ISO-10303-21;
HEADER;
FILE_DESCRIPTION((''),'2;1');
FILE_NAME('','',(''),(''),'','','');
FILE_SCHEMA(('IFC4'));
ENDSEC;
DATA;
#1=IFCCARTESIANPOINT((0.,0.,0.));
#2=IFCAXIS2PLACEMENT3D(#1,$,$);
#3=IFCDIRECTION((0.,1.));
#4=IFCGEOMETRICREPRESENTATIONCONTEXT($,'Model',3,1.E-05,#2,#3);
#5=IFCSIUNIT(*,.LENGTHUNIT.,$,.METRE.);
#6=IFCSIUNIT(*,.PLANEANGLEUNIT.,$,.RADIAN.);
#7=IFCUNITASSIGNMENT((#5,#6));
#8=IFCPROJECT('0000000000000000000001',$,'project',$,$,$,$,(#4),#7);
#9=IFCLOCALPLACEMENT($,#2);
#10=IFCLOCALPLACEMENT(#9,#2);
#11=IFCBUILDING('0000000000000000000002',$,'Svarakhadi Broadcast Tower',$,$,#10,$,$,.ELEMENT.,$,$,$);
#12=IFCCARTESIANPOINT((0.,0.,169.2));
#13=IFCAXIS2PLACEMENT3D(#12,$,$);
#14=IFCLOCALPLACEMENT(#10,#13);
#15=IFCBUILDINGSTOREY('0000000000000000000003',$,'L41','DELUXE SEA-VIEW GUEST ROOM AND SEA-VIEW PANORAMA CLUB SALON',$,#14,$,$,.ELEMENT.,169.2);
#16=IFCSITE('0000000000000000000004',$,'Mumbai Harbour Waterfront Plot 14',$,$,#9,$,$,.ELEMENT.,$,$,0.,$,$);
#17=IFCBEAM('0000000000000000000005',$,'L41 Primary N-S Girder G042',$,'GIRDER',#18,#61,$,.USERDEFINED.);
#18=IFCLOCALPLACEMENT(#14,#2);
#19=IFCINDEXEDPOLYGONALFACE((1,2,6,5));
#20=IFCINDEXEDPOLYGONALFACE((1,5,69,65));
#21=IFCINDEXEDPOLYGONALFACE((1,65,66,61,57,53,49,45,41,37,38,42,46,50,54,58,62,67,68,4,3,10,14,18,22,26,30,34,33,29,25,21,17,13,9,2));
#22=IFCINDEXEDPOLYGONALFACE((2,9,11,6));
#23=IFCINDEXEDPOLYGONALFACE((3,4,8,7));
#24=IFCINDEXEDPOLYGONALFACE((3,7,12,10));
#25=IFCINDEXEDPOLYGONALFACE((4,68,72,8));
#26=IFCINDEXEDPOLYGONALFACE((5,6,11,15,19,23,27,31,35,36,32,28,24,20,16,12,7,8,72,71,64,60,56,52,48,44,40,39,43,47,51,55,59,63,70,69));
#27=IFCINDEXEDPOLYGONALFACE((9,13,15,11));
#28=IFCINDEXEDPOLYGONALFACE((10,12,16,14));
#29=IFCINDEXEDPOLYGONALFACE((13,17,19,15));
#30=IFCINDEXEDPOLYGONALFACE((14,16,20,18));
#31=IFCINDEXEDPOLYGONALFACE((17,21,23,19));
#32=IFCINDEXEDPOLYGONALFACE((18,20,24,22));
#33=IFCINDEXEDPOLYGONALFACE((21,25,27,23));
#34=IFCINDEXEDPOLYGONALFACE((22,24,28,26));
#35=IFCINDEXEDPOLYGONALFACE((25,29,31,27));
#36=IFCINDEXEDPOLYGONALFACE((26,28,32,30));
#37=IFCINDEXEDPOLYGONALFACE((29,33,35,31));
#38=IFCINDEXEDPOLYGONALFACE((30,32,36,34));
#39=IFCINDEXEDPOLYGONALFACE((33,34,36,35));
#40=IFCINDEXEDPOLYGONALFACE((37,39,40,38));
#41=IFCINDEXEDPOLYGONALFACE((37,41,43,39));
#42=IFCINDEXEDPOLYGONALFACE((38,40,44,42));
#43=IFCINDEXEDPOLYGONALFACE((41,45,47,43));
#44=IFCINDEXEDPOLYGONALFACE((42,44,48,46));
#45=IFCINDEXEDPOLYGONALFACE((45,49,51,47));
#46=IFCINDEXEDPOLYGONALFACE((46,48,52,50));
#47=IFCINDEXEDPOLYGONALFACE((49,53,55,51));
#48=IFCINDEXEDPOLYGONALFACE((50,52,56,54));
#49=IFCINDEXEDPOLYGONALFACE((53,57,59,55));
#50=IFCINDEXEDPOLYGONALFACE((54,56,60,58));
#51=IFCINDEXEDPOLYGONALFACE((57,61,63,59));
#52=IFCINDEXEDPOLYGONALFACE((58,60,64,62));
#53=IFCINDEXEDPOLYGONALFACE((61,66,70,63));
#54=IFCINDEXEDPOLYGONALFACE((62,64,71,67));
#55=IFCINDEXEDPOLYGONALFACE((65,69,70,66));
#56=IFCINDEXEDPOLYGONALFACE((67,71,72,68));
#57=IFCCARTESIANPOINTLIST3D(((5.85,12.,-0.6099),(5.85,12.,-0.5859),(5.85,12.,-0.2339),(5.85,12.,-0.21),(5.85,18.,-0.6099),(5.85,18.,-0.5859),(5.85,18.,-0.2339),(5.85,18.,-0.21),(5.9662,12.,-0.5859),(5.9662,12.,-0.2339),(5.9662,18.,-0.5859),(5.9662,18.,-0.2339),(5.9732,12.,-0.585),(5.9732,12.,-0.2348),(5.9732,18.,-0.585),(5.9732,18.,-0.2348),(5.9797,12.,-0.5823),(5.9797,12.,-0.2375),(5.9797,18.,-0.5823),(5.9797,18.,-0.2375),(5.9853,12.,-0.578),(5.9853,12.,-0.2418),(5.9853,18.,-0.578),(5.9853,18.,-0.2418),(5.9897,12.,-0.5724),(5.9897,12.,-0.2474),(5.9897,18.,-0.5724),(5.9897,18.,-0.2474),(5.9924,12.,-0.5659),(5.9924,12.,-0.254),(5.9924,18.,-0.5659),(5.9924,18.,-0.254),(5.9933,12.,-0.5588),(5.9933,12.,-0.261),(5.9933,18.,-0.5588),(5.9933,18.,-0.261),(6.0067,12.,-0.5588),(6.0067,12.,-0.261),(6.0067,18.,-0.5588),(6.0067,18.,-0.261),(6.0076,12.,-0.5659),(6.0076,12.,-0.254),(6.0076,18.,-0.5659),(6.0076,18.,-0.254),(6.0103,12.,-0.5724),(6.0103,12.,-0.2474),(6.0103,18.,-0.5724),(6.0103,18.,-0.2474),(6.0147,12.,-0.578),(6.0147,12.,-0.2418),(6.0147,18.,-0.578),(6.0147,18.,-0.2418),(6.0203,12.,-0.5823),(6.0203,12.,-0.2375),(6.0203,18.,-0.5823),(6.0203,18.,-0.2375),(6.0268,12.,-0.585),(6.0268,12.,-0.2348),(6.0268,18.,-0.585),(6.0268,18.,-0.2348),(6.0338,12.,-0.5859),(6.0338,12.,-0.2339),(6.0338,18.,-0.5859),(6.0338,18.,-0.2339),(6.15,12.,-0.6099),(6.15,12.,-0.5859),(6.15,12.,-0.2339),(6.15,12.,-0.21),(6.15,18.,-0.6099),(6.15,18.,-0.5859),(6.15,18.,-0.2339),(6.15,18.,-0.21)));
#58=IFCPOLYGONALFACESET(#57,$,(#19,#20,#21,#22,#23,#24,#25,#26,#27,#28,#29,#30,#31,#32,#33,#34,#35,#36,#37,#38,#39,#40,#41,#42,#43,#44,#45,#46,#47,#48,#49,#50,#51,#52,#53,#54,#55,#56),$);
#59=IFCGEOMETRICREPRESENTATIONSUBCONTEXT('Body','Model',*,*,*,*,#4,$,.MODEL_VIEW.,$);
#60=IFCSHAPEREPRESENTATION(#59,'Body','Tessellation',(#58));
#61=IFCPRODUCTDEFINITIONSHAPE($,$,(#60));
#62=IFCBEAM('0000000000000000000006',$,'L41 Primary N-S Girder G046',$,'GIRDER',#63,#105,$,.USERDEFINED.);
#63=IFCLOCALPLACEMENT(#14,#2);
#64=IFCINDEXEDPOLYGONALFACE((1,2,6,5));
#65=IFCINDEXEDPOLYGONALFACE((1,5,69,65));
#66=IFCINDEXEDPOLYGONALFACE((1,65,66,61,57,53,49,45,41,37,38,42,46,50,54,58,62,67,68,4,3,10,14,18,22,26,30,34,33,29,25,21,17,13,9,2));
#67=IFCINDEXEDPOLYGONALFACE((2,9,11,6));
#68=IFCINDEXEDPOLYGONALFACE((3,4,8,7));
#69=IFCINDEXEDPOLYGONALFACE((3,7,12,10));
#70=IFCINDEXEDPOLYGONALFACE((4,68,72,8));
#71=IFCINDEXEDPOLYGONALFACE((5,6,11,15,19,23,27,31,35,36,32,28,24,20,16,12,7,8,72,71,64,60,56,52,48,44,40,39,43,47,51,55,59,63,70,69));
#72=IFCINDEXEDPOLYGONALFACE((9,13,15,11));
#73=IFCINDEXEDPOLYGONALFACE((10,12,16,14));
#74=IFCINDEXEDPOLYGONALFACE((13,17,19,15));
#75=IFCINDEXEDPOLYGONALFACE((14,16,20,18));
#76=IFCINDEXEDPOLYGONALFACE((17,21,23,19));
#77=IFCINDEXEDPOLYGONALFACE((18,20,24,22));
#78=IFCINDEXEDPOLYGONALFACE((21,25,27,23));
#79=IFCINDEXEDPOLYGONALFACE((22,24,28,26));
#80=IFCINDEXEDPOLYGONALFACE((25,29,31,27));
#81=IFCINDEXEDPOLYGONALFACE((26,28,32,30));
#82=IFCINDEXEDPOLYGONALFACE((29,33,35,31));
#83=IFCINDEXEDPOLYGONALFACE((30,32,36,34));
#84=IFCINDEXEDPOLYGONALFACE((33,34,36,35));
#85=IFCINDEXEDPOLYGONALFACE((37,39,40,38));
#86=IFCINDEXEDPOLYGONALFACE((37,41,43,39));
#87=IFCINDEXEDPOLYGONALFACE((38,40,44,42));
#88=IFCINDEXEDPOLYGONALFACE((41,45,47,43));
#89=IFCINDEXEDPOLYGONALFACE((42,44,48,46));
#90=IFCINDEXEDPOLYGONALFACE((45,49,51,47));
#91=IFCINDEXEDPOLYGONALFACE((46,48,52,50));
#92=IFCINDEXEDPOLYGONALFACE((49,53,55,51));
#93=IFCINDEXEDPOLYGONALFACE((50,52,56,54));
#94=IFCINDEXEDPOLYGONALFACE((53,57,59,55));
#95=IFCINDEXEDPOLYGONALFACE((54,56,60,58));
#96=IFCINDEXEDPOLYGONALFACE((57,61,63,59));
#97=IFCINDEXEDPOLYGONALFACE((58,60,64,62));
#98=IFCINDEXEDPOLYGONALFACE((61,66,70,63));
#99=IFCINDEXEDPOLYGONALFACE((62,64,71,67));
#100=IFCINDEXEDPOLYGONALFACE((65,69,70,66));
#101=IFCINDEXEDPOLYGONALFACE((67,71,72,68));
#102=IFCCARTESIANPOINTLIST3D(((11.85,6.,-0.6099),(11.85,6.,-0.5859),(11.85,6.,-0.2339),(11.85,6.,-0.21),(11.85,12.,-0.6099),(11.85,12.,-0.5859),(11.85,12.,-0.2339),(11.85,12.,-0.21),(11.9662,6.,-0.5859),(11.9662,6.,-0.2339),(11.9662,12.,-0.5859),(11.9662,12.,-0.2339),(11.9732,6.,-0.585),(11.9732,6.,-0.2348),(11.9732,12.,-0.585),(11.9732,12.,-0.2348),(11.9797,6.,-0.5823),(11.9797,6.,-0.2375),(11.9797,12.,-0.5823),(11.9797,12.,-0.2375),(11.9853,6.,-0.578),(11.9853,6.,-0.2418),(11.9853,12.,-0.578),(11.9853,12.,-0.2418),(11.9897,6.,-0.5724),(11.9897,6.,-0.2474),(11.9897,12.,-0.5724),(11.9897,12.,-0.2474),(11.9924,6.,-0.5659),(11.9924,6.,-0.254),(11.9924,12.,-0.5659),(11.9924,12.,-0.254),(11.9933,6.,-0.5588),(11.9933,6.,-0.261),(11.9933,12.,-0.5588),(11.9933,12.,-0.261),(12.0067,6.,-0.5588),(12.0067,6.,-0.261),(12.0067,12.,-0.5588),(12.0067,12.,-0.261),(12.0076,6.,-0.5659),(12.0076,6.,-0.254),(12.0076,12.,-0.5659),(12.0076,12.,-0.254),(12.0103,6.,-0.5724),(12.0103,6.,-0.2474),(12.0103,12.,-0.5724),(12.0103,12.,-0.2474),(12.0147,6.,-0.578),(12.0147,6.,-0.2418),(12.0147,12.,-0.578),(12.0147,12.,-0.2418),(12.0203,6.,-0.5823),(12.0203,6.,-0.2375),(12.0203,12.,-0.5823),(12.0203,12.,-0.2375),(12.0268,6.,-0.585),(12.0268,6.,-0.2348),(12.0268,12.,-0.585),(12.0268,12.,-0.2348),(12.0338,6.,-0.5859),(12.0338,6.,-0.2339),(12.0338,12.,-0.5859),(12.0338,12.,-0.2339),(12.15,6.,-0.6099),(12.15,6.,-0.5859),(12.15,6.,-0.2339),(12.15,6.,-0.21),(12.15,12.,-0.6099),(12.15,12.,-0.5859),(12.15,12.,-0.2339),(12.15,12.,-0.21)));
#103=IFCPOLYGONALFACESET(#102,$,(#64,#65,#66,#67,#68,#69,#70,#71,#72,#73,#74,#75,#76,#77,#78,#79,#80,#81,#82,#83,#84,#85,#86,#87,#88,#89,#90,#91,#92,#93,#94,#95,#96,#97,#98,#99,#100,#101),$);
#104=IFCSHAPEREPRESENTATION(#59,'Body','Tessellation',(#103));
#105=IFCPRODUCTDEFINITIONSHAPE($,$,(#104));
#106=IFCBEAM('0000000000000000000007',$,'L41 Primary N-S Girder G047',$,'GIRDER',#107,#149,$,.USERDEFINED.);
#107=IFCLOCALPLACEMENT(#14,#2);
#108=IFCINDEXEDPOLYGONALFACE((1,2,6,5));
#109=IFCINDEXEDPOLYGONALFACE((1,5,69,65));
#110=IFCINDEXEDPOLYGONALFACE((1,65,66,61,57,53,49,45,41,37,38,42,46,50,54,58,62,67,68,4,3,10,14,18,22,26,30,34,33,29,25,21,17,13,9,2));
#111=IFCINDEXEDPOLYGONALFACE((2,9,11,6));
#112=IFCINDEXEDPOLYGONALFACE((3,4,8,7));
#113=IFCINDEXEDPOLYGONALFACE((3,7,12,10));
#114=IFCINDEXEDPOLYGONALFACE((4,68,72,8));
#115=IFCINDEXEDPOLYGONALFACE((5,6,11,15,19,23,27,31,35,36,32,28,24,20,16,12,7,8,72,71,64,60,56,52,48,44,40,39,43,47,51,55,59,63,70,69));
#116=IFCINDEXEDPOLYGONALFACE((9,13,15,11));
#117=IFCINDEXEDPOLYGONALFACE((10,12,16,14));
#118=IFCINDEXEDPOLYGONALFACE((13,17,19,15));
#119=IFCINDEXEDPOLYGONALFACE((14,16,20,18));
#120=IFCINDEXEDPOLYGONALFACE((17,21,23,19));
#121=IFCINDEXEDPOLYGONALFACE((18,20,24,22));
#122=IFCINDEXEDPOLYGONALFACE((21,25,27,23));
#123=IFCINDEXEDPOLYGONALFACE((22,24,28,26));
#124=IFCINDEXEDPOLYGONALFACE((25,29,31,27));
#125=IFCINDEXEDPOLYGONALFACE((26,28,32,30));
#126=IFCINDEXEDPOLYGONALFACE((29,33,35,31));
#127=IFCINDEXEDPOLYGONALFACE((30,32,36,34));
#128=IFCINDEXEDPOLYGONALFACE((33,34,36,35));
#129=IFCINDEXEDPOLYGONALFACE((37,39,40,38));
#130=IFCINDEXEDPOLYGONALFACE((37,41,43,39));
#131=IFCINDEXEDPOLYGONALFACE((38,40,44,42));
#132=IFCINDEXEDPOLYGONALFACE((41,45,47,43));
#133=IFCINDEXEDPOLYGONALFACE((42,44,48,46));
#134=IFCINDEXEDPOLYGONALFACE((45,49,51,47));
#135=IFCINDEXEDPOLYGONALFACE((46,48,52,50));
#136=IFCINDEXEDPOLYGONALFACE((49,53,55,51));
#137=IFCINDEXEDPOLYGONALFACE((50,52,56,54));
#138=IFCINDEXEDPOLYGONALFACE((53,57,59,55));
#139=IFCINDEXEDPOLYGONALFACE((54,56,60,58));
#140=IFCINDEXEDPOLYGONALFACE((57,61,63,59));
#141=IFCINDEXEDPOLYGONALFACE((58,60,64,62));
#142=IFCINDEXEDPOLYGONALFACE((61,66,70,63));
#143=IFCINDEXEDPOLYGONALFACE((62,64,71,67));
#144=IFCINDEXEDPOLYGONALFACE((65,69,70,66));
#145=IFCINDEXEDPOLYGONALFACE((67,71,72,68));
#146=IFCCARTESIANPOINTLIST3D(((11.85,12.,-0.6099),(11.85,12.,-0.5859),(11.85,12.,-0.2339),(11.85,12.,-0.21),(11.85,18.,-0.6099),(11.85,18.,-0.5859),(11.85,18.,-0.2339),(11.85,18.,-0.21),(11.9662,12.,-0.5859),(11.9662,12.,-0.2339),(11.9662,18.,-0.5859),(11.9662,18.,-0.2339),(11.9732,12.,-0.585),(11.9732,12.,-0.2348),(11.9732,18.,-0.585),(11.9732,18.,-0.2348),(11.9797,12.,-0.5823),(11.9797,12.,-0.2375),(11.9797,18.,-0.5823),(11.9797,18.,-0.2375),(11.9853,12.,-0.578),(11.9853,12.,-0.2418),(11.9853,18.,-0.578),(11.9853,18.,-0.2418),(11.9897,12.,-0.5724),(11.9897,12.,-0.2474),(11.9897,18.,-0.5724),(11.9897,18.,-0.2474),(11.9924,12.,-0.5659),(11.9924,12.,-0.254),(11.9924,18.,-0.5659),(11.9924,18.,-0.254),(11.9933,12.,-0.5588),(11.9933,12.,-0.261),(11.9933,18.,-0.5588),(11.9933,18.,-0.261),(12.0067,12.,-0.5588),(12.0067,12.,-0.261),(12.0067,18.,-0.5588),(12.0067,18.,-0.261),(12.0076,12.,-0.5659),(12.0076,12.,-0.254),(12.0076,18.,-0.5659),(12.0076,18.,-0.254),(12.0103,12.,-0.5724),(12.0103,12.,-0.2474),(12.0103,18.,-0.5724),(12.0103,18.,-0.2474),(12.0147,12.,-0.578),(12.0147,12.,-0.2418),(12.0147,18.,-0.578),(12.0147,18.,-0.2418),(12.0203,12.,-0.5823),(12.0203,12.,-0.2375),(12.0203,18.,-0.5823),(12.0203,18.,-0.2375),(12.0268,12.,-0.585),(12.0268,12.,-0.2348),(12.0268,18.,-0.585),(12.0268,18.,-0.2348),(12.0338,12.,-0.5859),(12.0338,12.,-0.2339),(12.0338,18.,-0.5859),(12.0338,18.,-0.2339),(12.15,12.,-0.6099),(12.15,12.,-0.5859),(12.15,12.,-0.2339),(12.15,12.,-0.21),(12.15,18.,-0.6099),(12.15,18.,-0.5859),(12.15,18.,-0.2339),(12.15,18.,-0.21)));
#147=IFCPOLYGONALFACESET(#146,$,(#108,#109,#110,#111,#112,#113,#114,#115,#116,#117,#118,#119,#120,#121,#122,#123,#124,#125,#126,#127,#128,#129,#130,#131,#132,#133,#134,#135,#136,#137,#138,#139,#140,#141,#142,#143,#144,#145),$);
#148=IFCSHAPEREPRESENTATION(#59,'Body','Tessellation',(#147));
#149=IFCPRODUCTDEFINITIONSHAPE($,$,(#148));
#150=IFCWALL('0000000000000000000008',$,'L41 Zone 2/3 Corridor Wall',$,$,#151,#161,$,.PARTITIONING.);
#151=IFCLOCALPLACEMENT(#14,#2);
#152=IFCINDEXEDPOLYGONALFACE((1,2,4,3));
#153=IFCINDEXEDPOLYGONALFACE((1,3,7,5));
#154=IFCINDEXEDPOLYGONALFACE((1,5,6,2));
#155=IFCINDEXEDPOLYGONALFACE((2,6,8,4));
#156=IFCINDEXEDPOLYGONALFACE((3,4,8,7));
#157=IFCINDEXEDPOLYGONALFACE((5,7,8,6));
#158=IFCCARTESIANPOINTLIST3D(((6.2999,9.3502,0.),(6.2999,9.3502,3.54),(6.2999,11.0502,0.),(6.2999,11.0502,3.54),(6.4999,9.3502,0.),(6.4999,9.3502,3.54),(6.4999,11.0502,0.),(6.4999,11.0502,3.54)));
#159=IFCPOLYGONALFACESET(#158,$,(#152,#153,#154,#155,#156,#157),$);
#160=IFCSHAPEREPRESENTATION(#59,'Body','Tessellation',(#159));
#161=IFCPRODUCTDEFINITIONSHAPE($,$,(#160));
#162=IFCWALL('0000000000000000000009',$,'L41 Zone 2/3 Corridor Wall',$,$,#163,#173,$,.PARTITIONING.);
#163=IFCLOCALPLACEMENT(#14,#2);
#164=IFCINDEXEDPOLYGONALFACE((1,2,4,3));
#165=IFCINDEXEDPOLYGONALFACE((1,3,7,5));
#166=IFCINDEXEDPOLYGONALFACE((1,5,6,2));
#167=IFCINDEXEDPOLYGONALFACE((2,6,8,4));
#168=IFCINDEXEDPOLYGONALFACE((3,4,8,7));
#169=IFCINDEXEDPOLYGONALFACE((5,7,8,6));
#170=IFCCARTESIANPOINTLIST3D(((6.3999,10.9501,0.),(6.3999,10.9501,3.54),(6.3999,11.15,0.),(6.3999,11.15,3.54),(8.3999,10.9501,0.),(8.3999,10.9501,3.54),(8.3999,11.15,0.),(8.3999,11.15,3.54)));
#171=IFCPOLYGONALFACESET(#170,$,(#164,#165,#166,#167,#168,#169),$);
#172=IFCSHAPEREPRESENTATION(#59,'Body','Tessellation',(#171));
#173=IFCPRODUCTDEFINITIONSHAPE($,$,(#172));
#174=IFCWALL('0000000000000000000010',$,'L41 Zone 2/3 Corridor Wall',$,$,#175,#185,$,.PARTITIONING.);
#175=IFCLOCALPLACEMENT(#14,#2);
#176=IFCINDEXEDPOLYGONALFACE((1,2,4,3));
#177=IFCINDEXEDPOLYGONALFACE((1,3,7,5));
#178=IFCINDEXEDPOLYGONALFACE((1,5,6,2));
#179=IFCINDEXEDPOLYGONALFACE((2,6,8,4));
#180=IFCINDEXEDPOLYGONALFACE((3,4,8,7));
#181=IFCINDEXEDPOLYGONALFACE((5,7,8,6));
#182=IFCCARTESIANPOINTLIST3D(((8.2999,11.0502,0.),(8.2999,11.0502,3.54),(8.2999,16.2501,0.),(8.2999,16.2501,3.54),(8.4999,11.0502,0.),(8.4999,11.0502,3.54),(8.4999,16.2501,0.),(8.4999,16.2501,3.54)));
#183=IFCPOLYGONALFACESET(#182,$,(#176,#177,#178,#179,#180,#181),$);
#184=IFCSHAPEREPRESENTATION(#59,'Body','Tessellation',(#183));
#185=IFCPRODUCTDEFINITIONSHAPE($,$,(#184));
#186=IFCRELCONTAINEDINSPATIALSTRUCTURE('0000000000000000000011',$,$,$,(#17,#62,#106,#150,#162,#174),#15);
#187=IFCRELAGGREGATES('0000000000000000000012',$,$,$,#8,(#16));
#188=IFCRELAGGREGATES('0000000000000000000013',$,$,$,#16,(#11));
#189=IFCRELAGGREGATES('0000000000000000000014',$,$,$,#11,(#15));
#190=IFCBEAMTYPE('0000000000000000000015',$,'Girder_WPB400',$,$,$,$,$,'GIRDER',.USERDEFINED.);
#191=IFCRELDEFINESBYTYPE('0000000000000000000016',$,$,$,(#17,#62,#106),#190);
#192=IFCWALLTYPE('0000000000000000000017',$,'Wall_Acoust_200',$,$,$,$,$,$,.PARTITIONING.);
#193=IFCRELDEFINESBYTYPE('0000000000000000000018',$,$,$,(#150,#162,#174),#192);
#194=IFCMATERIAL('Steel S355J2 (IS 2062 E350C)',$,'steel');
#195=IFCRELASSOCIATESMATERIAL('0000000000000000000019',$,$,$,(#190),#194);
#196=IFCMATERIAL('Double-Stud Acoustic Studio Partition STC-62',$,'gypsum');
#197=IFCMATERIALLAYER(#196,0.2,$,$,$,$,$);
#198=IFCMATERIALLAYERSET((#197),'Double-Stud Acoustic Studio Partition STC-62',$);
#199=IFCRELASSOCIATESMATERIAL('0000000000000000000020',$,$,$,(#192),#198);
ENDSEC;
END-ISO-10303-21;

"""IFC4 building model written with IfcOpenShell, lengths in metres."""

from ifc_helpers import new_model, si_unit, direction, frame, frame_2d, origin, origin_2d, place, context, subcontext, project, spatial, rectangle, i_section, extrude, material, layer, layer_set, material_profile, profile_set, type_object, element, save


model = new_model("IFC4")

# Units and contexts
model_context = context("Model", 3, precision=1e-05, world=origin(), true_north=direction((0.0, 1.0)))
body_context = subcontext(model_context, "Body", "Model", "MODEL_VIEW")
ifc_project = project(units=[si_unit("LENGTHUNIT", "METRE"), si_unit("PLANEANGLEUNIT", "RADIAN")], contexts=[model_context])

# Site, building, storey
site_placement = place(None, origin())
site = spatial("IfcSite", under=ifc_project, at=site_placement, Name="Mumbai Harbour Waterfront Plot 14", CompositionType="ELEMENT", RefElevation=0.0)
building_placement = place(site_placement, origin())
building = spatial("IfcBuilding", under=site, at=building_placement, Name="Svarakhadi Broadcast Tower", CompositionType="ELEMENT")
storey_placement = place(building_placement, frame((0.0, 0.0, 169.2)))
storey = spatial("IfcBuildingStorey", under=building, at=storey_placement, Name="L41", Description="DELUXE SEA-VIEW GUEST ROOM AND SEA-VIEW PANORAMA CLUB SALON", CompositionType="ELEMENT", Elevation=169.2)

# Beams
ifc_material_1 = material(Name="Steel S355J2 (IS 2062 E350C)", Category="steel")
ifc_material_profile_1 = material_profile(ifc_material_1, i_section(OverallWidth=0.3, OverallDepth=0.3999, WebThickness=0.0134, FlangeThickness=0.0239, FilletRadius=0.0271, at=origin_2d()), Name="WPB 400x300x155")
ifc_profile_set_1 = profile_set([ifc_material_profile_1], Name="Steel S355J2 (IS 2062 E350C)")
beam_type_1 = type_object("IfcBeamType", Name="Girder_WPB400", ElementType="GIRDER", PredefinedType="USERDEFINED", material=ifc_profile_set_1)
for number, where, z_axis, x_axis, name in (
    (1, (6.0, 12.0, -0.4099), (0.0, 1.0, 0.0), (-1.0, 0.0, 0.0), "L41 Primary N-S Girder G042"),
    (2, (12.0, 6.0, -0.4099), (0.0, 1.0, 0.0), (-1.0, 0.0, 0.0), "L41 Primary N-S Girder G046"),
    (3, (12.0, 12.0, -0.4099), (0.0, 1.0, 0.0), (-1.0, 0.0, 0.0), "L41 Primary N-S Girder G047"),
):
    element("IfcBeam", number, at=place(storey_placement, frame(where, z_axis=z_axis, x_axis=x_axis)), inside=storey, type_object=beam_type_1, Name=name, ObjectType="GIRDER", PredefinedType="USERDEFINED", context=body_context, shape_type="SweptSolid", body=[
        extrude(i_section(OverallWidth=0.3, OverallDepth=0.3999, WebThickness=0.0134, FlangeThickness=0.0239, FilletRadius=0.0271, at=origin_2d()), origin(), (0.0, 0.0, 1.0), 6.0),
    ])

# Walls
ifc_material_2 = material(Name="Double-Stud Acoustic Studio Partition STC-62", Category="gypsum")
ifc_layer_1 = layer(ifc_material_2, 0.2)
ifc_layer_set_1 = layer_set([ifc_layer_1], Name="Double-Stud Acoustic Studio Partition STC-62")
wall_type_1 = type_object("IfcWallType", Name="Wall_Acoust_200", PredefinedType="PARTITIONING", material=ifc_layer_set_1)
wall_1_placement = place(storey_placement, frame((6.3999, 9.3501, 0.0), z_axis=(0.0, 0.0, 1.0), x_axis=(0.0, 1.0, 0.0)))
element("IfcWall", 4, at=wall_1_placement, inside=storey, type_object=wall_type_1, Name="L41 Zone 2/3 Corridor Wall", PredefinedType="PARTITIONING", context=body_context, shape_type="SweptSolid", body=[
    extrude(rectangle(XDim=1.7, YDim=0.2, at=frame_2d((0.8501, 0.0))), origin(), (0.0, 0.0, 1.0), 3.54),
])
wall_2_placement = place(storey_placement, frame((6.3999, 11.05, 0.0), z_axis=(0.0, 0.0, 1.0), x_axis=(1.0, 0.0, 0.0)))
element("IfcWall", 5, at=wall_2_placement, inside=storey, type_object=wall_type_1, Name="L41 Zone 2/3 Corridor Wall", PredefinedType="PARTITIONING", context=body_context, shape_type="SweptSolid", body=[
    extrude(rectangle(XDim=2.0, YDim=0.2, at=frame_2d((1.0, 0.0))), origin(), (0.0, 0.0, 1.0), 3.54),
])
wall_3_placement = place(storey_placement, frame((8.3999, 11.05, 0.0), z_axis=(0.0, 0.0, 1.0), x_axis=(0.0, 1.0, 0.0)))
element("IfcWall", 6, at=wall_3_placement, inside=storey, type_object=wall_type_1, Name="L41 Zone 2/3 Corridor Wall", PredefinedType="PARTITIONING", context=body_context, shape_type="SweptSolid", body=[
    extrude(rectangle(XDim=5.2, YDim=0.2, at=frame_2d((2.6001, 0.0))), origin(), (0.0, 0.0, 1.0), 3.54),
])

save(model, "model.ifc")
